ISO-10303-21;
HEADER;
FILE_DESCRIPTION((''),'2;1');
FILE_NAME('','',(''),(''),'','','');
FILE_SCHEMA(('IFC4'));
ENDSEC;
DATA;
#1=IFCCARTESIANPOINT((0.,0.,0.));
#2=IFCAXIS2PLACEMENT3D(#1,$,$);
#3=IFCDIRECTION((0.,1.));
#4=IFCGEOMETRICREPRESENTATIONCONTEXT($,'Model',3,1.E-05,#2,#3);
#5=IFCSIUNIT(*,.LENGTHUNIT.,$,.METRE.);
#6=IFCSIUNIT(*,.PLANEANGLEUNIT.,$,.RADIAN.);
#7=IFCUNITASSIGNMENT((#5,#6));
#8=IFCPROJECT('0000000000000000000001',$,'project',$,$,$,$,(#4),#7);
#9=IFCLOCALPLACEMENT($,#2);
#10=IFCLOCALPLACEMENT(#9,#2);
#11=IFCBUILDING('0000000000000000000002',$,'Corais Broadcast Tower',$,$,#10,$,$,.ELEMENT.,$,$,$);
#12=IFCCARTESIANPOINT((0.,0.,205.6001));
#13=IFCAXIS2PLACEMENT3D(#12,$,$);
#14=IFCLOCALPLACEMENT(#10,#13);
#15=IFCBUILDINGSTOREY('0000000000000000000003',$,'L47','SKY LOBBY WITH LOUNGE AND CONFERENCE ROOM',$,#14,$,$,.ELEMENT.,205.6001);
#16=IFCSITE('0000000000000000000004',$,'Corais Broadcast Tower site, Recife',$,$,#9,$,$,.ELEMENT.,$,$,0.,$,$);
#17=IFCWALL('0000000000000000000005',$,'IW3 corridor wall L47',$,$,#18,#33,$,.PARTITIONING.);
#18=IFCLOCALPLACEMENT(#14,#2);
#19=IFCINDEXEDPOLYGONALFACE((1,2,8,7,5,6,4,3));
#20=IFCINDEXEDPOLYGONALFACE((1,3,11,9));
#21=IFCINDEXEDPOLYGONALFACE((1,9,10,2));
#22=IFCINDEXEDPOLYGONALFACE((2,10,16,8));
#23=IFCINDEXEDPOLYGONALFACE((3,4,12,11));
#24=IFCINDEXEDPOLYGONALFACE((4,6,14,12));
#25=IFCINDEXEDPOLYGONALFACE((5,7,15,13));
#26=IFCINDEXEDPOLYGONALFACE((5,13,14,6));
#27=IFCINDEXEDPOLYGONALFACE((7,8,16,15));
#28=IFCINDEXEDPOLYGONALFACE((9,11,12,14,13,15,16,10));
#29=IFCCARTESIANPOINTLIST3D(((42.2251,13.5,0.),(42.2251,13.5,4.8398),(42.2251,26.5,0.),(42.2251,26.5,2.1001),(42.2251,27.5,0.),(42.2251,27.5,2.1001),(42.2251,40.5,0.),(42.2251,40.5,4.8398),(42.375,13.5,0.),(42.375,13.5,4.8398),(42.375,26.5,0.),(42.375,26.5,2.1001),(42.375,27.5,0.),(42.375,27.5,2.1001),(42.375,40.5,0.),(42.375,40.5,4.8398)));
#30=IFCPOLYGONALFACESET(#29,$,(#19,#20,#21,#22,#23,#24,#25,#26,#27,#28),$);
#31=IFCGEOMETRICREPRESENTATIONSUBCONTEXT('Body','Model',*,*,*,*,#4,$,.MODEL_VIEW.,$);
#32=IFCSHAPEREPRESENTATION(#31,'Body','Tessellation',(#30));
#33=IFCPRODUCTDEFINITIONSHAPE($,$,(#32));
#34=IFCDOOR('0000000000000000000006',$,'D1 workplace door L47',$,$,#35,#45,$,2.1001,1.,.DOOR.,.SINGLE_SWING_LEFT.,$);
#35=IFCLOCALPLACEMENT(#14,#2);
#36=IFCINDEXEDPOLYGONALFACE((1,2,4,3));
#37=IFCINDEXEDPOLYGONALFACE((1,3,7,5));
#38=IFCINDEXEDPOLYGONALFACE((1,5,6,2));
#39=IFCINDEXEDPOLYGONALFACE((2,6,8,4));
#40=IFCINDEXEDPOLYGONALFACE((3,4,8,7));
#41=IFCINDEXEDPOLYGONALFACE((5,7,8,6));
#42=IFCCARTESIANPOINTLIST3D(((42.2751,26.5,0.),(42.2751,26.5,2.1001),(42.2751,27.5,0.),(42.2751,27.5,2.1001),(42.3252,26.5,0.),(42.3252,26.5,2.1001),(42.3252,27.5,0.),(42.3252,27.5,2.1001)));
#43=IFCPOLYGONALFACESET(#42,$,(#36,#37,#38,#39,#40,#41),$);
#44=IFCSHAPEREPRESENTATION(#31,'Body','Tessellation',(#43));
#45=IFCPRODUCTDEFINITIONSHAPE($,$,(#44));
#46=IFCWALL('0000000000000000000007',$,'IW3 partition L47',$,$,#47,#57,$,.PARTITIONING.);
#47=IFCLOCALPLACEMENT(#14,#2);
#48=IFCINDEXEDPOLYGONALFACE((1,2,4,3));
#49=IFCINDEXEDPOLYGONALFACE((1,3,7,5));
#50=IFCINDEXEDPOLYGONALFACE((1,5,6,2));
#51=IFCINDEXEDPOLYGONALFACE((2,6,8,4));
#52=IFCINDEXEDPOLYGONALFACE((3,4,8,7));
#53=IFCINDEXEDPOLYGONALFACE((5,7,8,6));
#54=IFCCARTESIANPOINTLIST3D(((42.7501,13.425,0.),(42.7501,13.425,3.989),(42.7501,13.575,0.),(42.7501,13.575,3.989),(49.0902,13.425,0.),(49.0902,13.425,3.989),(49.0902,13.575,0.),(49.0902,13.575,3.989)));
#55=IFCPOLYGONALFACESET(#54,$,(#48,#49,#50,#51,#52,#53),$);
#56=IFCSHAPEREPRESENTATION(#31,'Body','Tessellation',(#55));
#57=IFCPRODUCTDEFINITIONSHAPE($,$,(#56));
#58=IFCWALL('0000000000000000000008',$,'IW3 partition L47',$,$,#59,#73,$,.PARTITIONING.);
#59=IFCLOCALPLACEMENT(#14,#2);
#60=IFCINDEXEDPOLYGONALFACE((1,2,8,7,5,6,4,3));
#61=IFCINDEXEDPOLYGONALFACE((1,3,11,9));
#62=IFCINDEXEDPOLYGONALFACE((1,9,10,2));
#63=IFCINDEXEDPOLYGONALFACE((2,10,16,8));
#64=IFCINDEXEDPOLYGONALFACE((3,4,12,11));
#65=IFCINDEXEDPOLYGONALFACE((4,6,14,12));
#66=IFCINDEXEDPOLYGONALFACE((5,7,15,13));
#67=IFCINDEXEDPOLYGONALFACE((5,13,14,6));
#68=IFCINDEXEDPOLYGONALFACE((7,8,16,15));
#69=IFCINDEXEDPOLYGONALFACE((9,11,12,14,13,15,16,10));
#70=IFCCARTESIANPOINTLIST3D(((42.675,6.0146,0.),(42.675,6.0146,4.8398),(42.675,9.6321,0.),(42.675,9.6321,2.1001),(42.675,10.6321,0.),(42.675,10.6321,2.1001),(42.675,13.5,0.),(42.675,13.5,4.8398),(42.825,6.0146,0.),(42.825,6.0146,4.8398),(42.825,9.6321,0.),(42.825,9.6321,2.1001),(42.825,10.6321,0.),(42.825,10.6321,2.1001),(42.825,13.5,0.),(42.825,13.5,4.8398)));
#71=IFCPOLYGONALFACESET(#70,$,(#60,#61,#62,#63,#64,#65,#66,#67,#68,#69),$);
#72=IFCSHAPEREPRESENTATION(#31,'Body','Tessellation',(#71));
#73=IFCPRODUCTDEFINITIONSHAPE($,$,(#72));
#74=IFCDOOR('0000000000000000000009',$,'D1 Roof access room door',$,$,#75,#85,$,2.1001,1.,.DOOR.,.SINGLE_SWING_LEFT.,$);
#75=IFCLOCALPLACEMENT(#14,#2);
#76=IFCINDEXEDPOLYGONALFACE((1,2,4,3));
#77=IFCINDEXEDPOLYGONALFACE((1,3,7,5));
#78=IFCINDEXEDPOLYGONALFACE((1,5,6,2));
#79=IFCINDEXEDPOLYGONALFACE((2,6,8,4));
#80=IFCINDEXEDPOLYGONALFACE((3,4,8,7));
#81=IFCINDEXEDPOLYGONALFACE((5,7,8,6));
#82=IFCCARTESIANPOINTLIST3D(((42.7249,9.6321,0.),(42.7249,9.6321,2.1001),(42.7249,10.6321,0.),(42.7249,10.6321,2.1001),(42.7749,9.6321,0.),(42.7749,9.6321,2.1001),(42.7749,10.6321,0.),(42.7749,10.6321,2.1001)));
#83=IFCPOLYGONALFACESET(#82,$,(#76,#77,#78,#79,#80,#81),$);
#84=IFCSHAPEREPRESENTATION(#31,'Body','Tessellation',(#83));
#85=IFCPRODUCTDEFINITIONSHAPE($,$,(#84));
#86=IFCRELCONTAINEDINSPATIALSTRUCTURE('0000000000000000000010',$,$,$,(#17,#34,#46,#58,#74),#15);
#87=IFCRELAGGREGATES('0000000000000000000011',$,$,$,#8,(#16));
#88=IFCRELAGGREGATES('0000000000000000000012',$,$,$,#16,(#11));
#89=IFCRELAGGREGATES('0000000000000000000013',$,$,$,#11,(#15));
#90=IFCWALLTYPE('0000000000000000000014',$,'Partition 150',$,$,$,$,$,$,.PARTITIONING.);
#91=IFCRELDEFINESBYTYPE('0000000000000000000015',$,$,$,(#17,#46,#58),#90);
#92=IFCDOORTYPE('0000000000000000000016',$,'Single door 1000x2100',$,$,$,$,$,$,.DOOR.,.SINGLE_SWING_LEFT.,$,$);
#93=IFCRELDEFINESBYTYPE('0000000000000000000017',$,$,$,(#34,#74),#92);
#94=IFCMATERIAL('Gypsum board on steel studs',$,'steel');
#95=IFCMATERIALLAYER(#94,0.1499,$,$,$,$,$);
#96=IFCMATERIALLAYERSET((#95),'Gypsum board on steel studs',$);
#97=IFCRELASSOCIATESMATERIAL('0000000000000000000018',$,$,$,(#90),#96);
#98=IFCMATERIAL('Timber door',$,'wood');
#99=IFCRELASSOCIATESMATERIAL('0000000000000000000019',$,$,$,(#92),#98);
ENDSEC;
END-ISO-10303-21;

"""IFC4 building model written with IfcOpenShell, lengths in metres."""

from ifc_helpers import new_model, si_unit, direction, frame, frame_2d, origin, place, context, subcontext, project, spatial, rectangle, extrude, material, layer, layer_set, type_object, element, fill, save


model = new_model("IFC4")

# Units and contexts
model_context = context("Model", 3, precision=1e-05, world=origin(), true_north=direction((0.0, 1.0)))
body_context = subcontext(model_context, "Body", "Model", "MODEL_VIEW")
ifc_project = project(units=[si_unit("LENGTHUNIT", "METRE"), si_unit("PLANEANGLEUNIT", "RADIAN")], contexts=[model_context])

# Site, building, storey
site_placement = place(None, origin())
site = spatial("IfcSite", under=ifc_project, at=site_placement, Name="Corais Broadcast Tower site, Recife", CompositionType="ELEMENT", RefElevation=0.0)
building_placement = place(site_placement, origin())
building = spatial("IfcBuilding", under=site, at=building_placement, Name="Corais Broadcast Tower", CompositionType="ELEMENT")
storey_placement = place(building_placement, frame((0.0, 0.0, 205.6001)))
storey = spatial("IfcBuildingStorey", under=building, at=storey_placement, Name="L47", Description="SKY LOBBY WITH LOUNGE AND CONFERENCE ROOM", CompositionType="ELEMENT", Elevation=205.6001)

# Wall, opening, door
ifc_material_1 = material(Name="Gypsum board on steel studs", Category="steel")
ifc_layer_1 = layer(ifc_material_1, 0.1499)
ifc_layer_set_1 = layer_set([ifc_layer_1], Name="Gypsum board on steel studs")
wall_type = type_object("IfcWallType", Name="Partition 150", PredefinedType="PARTITIONING", material=ifc_layer_set_1)
wall_1_placement = place(storey_placement, frame((42.3, 13.5, 0.0), z_axis=(0.0, 0.0, 1.0), x_axis=(0.0, 1.0, 0.0)))
wall_1 = element("IfcWall", 1, at=wall_1_placement, inside=storey, type_object=wall_type, Name="IW3 corridor wall L47", PredefinedType="PARTITIONING", context=body_context, shape_type="SweptSolid", body=[
    extrude(rectangle(XDim=27.0, YDim=0.1499, at=frame_2d((13.5, 0.0))), origin(), (0.0, 0.0, 1.0), 4.8398),
])
opening_1_placement = place(wall_1_placement, frame((13.0, 0.0, 0.0)))
opening_1 = element("IfcOpeningElement", 2, at=opening_1_placement, cuts=wall_1, PredefinedType="OPENING", context=body_context, shape_type="SweptSolid", body=[
    extrude(rectangle(XDim=1.0, YDim=2.1001, at=frame_2d((0.5, 1.05))), frame((0.0, 0.085, 0.0), z_axis=(0.0, -1.0, 0.0), x_axis=(1.0, 0.0, 0.0)), (0.0, 0.0, 1.0), 0.1699),
])
ifc_material_2 = material(Name="Timber door", Category="wood")
door_type = type_object("IfcDoorType", Name="Single door 1000x2100", OperationType="SINGLE_SWING_LEFT", PredefinedType="DOOR", material=ifc_material_2)
door_1_placement = place(opening_1_placement, origin())
door_1 = element("IfcDoor", 3, at=door_1_placement, inside=storey, type_object=door_type, Name="D1 workplace door L47", OperationType="SINGLE_SWING_LEFT", OverallHeight=2.1001, OverallWidth=1.0, PredefinedType="DOOR", context=body_context, shape_type="SweptSolid", body=[
    extrude(rectangle(XDim=1.0, YDim=2.1001, at=frame_2d((0.5, 1.05))), frame((0.0, 0.0249, 0.0), z_axis=(0.0, -1.0, 0.0), x_axis=(1.0, 0.0, 0.0)), (0.0, 0.0, 1.0), 0.05),
])
fill(opening_1, door_1)

# Wall
wall_2_placement = place(storey_placement, frame((49.0901, 13.5, 0.0), z_axis=(0.0, 0.0, 1.0), x_axis=(-1.0, 0.0, 0.0)))
element("IfcWall", 4, at=wall_2_placement, inside=storey, type_object=wall_type, Name="IW3 partition L47", PredefinedType="PARTITIONING", context=body_context, shape_type="SweptSolid", body=[
    extrude(rectangle(XDim=6.3401, YDim=0.1499, at=frame_2d((3.1699, 0.0))), origin(), (0.0, 0.0, 1.0), 3.989),
])

# Wall, opening, door
wall_3_placement = place(storey_placement, frame((42.75, 13.5, 0.0), z_axis=(0.0, 0.0, 1.0), x_axis=(0.0, -1.0, 0.0)))
wall_3 = element("IfcWall", 5, at=wall_3_placement, inside=storey, type_object=wall_type, Name="IW3 partition L47", PredefinedType="PARTITIONING", context=body_context, shape_type="SweptSolid", body=[
    extrude(rectangle(XDim=7.4854, YDim=0.1499, at=frame_2d((3.7427, 0.0))), origin(), (0.0, 0.0, 1.0), 4.8398),
])
opening_2_placement = place(wall_3_placement, frame((2.8679, 0.0, 0.0)))
opening_2 = element("IfcOpeningElement", 6, at=opening_2_placement, cuts=wall_3, PredefinedType="OPENING", context=body_context, shape_type="SweptSolid", body=[
    extrude(rectangle(XDim=1.0, YDim=2.1001, at=frame_2d((0.5, 1.05))), frame((0.0, 0.085, 0.0), z_axis=(0.0, -1.0, 0.0), x_axis=(1.0, 0.0, 0.0)), (0.0, 0.0, 1.0), 0.1699),
])
door_2_placement = place(opening_2_placement, origin())
door_2 = element("IfcDoor", 7, at=door_2_placement, inside=storey, type_object=door_type, Name="D1 Roof access room door", OperationType="SINGLE_SWING_LEFT", OverallHeight=2.1001, OverallWidth=1.0, PredefinedType="DOOR", context=body_context, shape_type="SweptSolid", body=[
    extrude(rectangle(XDim=1.0, YDim=2.1001, at=frame_2d((0.5, 1.05))), frame((0.0, 0.0249, 0.0), z_axis=(0.0, -1.0, 0.0), x_axis=(1.0, 0.0, 0.0)), (0.0, 0.0, 1.0), 0.05),
])
fill(opening_2, door_2)

save(model, "model.ifc")
